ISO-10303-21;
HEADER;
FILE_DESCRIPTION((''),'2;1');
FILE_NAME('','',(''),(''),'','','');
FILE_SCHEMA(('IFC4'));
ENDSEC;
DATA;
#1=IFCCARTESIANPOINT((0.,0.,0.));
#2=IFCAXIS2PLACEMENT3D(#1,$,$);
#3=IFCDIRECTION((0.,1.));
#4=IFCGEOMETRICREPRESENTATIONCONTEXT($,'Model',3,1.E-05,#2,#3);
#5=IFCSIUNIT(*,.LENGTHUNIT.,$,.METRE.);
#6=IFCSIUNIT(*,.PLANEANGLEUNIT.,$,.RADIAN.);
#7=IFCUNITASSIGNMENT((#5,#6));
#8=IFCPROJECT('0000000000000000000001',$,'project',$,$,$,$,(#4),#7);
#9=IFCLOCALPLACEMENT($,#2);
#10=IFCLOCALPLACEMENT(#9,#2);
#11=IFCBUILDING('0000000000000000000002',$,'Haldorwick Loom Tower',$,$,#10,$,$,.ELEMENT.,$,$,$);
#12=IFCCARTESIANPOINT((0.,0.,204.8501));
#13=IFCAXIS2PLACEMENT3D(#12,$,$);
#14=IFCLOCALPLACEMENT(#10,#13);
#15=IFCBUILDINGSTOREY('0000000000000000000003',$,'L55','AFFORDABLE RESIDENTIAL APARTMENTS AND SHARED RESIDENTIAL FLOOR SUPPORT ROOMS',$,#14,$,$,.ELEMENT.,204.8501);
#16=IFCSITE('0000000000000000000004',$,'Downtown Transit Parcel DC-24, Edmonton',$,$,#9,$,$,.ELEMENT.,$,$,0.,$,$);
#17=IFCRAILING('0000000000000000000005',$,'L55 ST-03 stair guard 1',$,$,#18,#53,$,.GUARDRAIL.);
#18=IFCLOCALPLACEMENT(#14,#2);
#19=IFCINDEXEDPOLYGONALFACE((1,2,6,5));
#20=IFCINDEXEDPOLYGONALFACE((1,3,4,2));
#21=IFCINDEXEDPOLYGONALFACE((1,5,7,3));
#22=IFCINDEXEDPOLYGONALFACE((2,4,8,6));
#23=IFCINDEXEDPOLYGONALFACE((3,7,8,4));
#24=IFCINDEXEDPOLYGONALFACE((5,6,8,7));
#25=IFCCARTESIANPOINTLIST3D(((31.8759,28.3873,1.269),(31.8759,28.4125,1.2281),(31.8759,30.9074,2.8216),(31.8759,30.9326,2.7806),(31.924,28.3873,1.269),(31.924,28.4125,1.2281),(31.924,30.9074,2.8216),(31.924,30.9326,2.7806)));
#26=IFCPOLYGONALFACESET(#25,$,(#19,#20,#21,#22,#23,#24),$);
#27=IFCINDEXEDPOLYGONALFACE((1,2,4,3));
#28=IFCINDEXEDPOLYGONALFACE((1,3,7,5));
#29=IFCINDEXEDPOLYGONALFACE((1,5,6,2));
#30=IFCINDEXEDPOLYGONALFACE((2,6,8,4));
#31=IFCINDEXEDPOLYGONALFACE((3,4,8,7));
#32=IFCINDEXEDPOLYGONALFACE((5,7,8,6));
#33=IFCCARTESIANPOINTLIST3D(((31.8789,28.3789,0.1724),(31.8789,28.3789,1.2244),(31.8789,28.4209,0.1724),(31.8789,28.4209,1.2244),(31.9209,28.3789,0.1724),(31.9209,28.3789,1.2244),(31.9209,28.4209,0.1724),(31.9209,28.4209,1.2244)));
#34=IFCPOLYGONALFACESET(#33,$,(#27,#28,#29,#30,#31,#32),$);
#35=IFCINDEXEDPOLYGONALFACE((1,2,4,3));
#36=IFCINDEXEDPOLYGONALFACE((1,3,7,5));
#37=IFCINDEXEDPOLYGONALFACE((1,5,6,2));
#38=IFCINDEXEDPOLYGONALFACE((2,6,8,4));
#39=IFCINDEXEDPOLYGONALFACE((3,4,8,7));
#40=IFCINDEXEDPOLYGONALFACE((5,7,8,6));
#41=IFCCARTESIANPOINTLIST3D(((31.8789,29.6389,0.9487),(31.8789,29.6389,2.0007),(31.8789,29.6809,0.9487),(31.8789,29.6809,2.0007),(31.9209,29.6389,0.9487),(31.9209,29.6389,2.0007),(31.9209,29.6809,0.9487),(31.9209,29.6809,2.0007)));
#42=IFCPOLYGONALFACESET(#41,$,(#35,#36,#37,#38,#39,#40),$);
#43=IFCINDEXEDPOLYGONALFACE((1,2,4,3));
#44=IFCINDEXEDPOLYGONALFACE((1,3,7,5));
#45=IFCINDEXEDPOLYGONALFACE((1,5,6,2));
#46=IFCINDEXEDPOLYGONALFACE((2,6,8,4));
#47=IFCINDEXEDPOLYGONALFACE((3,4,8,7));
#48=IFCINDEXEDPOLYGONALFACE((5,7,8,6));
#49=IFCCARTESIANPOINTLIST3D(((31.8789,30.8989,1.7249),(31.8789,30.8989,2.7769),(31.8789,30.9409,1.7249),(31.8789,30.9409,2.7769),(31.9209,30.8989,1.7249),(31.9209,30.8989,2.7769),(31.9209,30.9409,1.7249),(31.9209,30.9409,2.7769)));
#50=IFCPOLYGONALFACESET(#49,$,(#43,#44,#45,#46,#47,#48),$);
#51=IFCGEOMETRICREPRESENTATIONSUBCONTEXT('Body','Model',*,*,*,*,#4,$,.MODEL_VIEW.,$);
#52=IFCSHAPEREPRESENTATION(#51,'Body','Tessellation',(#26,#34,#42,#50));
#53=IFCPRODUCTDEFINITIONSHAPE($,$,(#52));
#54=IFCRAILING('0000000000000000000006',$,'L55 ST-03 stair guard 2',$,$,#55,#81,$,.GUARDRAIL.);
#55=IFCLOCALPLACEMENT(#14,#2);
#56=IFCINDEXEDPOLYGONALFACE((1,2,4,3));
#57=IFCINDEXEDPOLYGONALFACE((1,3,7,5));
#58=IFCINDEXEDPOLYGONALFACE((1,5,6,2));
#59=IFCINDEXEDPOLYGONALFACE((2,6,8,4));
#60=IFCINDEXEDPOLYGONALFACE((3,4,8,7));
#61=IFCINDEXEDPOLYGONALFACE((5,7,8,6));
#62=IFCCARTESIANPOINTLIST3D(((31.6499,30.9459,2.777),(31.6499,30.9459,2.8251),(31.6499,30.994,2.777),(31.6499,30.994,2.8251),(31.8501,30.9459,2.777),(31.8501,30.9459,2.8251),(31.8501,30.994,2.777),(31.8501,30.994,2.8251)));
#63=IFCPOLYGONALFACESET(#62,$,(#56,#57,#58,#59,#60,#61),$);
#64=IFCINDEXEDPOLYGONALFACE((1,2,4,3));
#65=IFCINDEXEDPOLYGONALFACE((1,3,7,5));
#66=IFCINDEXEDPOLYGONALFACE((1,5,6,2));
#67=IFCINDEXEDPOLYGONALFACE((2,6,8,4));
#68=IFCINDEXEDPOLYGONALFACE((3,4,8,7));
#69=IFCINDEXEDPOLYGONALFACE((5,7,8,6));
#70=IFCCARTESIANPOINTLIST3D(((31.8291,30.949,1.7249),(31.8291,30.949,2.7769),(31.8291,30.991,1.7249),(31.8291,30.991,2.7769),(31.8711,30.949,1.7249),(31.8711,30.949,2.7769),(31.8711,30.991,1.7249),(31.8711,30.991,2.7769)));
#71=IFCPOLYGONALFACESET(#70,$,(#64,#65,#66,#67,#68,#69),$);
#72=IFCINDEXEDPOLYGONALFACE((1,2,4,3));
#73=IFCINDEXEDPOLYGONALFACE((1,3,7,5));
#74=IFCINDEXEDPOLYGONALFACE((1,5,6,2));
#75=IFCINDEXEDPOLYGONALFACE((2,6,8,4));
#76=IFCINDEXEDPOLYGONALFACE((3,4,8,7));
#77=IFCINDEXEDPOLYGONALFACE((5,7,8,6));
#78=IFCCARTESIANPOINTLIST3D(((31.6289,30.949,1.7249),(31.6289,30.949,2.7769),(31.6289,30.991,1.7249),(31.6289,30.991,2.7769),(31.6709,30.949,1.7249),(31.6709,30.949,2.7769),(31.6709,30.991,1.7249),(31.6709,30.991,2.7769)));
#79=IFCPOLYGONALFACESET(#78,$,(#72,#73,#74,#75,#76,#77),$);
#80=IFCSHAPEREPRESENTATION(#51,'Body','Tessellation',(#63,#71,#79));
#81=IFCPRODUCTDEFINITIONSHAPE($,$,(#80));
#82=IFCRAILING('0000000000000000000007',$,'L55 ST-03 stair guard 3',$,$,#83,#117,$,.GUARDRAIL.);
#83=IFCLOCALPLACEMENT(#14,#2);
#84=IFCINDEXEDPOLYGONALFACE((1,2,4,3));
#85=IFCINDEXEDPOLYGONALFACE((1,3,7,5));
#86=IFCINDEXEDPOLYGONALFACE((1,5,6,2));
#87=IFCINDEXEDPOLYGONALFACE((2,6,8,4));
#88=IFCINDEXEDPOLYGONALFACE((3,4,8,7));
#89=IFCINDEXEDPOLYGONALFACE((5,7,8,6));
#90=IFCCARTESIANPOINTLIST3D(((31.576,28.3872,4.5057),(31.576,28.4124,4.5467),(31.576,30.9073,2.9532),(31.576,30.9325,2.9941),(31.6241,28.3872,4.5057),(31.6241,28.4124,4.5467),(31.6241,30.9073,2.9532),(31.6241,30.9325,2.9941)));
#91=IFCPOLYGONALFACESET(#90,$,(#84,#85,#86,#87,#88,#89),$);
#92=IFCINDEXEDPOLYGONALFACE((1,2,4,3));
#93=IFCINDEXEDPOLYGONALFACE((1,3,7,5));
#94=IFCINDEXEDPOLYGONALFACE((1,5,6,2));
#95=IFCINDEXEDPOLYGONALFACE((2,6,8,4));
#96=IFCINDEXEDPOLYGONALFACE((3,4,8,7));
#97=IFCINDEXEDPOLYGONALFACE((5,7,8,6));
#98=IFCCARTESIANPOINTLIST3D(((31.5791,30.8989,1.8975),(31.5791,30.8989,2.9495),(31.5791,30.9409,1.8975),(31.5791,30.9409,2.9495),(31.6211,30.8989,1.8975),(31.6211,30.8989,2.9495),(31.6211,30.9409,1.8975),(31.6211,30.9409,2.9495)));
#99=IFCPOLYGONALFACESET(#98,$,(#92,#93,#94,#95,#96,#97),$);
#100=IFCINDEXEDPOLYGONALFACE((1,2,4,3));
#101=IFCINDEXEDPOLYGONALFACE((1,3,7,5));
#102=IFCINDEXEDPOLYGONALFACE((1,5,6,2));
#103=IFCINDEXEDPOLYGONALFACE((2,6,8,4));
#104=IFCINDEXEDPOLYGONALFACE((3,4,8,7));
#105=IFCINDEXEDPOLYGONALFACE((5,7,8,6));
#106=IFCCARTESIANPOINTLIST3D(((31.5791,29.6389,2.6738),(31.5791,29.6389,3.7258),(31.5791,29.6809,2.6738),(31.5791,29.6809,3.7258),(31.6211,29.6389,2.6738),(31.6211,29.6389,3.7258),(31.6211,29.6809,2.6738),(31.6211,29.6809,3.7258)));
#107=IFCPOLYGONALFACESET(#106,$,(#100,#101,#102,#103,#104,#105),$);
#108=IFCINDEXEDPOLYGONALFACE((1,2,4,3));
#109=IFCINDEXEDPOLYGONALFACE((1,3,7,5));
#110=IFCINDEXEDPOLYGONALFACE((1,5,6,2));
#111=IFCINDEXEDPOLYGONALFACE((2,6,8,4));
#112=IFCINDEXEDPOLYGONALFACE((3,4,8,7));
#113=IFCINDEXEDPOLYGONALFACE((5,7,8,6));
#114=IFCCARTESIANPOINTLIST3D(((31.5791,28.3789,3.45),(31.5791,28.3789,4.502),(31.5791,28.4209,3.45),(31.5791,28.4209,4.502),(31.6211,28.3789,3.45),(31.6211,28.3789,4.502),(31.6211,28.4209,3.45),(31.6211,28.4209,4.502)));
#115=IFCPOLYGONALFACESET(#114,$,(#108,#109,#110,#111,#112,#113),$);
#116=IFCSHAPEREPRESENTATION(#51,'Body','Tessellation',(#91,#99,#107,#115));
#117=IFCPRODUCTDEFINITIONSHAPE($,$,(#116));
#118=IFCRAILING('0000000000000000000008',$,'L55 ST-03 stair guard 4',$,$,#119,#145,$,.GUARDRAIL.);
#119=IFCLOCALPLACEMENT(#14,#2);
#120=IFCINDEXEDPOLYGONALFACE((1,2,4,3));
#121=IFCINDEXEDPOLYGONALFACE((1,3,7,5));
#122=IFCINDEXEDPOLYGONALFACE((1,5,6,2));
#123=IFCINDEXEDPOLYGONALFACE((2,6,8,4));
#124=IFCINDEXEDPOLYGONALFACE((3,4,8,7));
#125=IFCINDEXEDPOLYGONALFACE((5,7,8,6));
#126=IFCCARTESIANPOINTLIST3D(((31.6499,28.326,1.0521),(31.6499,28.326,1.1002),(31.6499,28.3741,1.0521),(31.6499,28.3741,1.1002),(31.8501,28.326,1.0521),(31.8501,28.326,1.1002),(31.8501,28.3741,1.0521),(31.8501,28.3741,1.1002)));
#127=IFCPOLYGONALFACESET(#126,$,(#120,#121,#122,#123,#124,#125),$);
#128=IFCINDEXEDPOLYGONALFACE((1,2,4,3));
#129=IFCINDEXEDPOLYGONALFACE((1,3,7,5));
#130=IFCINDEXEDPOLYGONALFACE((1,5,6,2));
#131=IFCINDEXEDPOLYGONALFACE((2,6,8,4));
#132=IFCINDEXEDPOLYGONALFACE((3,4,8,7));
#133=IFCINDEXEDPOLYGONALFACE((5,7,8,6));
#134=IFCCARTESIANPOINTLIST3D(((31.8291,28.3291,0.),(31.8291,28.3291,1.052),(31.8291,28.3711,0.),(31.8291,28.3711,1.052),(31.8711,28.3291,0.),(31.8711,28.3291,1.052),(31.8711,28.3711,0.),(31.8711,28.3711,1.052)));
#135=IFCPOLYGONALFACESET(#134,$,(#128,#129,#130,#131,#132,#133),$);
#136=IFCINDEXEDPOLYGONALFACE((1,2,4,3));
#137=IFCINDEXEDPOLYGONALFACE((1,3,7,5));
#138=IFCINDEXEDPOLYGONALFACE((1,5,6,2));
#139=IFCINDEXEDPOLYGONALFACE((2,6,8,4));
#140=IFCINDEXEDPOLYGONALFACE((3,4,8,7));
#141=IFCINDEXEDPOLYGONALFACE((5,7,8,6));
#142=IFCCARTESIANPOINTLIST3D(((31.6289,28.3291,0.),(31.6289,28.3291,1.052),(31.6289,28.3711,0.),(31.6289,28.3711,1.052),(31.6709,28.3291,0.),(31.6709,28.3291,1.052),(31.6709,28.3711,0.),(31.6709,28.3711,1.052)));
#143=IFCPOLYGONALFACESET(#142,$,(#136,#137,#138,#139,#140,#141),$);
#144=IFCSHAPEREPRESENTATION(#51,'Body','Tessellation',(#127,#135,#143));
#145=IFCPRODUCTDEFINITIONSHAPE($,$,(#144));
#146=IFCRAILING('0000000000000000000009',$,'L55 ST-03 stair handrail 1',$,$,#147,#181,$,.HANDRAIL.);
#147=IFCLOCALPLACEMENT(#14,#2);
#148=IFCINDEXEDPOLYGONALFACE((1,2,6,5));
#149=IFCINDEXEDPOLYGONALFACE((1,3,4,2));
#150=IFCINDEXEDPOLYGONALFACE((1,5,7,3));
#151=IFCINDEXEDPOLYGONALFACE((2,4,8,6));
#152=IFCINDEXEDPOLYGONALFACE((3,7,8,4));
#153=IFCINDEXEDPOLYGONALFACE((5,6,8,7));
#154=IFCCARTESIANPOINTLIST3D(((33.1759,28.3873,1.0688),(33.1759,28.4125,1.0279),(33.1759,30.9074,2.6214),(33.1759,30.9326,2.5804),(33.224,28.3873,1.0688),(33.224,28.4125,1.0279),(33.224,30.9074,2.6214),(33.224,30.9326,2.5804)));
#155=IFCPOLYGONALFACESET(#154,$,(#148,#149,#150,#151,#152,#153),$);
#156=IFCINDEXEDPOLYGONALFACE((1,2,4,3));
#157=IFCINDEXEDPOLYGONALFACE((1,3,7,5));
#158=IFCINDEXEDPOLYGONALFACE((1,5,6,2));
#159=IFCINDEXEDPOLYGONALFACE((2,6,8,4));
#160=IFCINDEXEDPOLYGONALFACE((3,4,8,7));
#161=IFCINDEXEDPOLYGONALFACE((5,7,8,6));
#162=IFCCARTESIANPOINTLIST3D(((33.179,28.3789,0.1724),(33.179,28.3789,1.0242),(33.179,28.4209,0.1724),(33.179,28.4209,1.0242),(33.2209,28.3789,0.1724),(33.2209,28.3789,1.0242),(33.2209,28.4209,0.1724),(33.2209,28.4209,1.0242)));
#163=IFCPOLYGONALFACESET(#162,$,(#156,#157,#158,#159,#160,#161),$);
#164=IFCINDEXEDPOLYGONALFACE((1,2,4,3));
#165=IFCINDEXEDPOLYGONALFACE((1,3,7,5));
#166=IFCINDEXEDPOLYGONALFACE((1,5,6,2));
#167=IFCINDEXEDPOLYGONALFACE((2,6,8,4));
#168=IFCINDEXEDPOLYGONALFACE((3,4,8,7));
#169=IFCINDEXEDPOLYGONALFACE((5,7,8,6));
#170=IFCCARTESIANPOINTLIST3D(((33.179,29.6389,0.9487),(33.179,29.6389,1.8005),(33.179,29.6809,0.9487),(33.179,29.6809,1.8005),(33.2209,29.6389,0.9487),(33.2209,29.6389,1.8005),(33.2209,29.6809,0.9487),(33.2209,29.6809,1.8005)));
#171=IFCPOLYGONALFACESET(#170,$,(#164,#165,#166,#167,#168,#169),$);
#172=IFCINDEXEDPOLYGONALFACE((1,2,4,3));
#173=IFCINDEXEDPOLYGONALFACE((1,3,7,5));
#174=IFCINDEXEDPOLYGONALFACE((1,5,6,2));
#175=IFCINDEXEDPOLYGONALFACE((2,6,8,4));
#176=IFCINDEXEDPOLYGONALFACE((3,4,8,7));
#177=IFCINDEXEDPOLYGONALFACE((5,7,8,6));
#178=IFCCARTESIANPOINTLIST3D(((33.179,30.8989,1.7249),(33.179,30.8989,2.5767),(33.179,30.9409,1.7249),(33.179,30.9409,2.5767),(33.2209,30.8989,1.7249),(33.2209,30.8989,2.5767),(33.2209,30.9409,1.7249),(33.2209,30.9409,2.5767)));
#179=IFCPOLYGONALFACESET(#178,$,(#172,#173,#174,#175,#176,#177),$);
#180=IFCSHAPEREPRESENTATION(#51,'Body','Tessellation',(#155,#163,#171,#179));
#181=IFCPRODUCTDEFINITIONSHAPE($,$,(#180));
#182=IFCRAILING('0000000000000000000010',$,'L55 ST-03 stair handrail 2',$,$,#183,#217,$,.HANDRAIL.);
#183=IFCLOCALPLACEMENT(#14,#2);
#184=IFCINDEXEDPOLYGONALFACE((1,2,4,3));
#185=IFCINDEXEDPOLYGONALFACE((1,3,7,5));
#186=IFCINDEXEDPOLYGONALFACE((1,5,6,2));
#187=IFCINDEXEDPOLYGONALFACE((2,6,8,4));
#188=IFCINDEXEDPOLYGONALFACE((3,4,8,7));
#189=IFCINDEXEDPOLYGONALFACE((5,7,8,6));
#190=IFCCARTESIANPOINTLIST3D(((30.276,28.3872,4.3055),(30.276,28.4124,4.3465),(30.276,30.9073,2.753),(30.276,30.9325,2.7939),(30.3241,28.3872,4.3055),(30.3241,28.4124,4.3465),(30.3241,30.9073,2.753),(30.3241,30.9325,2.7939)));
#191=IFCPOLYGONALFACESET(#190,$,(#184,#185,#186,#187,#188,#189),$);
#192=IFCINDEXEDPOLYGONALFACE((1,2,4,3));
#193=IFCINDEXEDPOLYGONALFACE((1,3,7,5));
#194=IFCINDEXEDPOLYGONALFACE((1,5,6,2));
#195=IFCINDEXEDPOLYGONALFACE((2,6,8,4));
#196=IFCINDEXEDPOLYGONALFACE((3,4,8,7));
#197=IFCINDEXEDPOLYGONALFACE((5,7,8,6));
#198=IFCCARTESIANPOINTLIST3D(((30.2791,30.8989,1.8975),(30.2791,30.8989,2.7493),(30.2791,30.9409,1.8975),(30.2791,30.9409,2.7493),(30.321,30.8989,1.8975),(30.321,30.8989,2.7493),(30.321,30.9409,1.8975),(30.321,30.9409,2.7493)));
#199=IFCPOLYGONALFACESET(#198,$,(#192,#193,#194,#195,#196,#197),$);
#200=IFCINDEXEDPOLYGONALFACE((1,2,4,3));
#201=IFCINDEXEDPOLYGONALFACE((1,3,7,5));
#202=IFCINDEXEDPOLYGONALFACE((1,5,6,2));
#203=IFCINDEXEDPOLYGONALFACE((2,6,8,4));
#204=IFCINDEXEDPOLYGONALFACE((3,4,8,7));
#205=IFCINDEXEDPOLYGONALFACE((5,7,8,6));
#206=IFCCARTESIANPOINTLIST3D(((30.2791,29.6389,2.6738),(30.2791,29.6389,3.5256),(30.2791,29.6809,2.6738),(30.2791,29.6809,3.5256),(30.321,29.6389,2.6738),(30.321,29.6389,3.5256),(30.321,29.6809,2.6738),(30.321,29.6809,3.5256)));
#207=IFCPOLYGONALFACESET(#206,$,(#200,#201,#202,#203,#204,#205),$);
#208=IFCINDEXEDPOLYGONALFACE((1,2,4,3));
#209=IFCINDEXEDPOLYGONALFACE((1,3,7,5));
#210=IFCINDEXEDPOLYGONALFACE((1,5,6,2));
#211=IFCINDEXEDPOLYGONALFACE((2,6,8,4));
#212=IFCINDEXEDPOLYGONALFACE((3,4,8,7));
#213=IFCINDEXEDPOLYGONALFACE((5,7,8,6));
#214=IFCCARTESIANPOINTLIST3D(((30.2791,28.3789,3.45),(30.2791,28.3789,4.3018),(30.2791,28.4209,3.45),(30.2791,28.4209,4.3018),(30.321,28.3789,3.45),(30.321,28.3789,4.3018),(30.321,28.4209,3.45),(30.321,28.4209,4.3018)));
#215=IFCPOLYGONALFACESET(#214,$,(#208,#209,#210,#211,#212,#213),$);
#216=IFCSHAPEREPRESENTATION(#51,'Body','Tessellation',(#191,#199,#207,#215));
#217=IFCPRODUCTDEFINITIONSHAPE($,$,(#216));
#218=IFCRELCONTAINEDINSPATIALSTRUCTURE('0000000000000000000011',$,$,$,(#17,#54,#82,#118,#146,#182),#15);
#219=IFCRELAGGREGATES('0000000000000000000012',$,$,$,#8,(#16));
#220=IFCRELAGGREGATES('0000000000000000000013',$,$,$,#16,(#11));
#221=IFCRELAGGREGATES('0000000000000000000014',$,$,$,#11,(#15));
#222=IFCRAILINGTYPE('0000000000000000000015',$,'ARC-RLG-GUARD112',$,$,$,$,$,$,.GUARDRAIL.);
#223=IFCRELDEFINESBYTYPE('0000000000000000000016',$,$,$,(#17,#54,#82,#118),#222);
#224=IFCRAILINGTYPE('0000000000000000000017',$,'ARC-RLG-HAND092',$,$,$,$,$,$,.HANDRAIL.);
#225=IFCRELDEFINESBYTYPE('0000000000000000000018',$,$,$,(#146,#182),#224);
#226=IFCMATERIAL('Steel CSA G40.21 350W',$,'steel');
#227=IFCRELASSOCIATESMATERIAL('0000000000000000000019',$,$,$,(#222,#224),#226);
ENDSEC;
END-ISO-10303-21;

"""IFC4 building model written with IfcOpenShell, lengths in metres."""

from ifc_helpers import new_model, si_unit, direction, frame, origin, origin_2d, place, context, subcontext, project, spatial, rectangle, extrude, material, type_object, element, save


model = new_model("IFC4")

# Units and contexts
model_context = context("Model", 3, precision=1e-05, world=origin(), true_north=direction((0.0, 1.0)))
body_context = subcontext(model_context, "Body", "Model", "MODEL_VIEW")
ifc_project = project(units=[si_unit("LENGTHUNIT", "METRE"), si_unit("PLANEANGLEUNIT", "RADIAN")], contexts=[model_context])

# Site, building, storey
site_placement = place(None, origin())
site = spatial("IfcSite", under=ifc_project, at=site_placement, Name="Downtown Transit Parcel DC-24, Edmonton", CompositionType="ELEMENT", RefElevation=0.0)
building_placement = place(site_placement, origin())
building = spatial("IfcBuilding", under=site, at=building_placement, Name="Haldorwick Loom Tower", CompositionType="ELEMENT")
storey_placement = place(building_placement, frame((0.0, 0.0, 204.8501)))
storey = spatial("IfcBuildingStorey", under=building, at=storey_placement, Name="L55", Description="AFFORDABLE RESIDENTIAL APARTMENTS AND SHARED RESIDENTIAL FLOOR SUPPORT ROOMS", CompositionType="ELEMENT", Elevation=204.8501)

# Shared definitions
ifc_material_1 = material(Name="Steel CSA G40.21 350W", Category="steel")

# Railings
railing_type_1 = type_object("IfcRailingType", Name="ARC-RLG-GUARD112", PredefinedType="GUARDRAIL", material=ifc_material_1)
railing_1_placement = place(storey_placement, frame((31.8999, 28.3999, 0.1724)))
element("IfcRailing", 1, at=railing_1_placement, inside=storey, type_object=railing_type_1, Name="L55 ST-03 stair guard 1", PredefinedType="GUARDRAIL", context=body_context, shape_type="SweptSolid", body=[
    extrude(rectangle(XDim=0.0481, YDim=0.0481, at=origin_2d()), frame((0.0, 0.0, 1.0762), z_axis=(0.0, 0.8514, 0.524516), x_axis=(-1.0, 0.0, 0.0)), (0.0, 0.0, 1.0), 2.96),
    extrude(rectangle(XDim=0.042, YDim=0.042, at=origin_2d()), origin(), (0.0, 0.0, 1.0), 1.052),
    extrude(rectangle(XDim=0.042, YDim=0.042, at=origin_2d()), frame((0.0, 1.26, 0.7764)), (0.0, 0.0, 1.0), 1.052),
    extrude(rectangle(XDim=0.042, YDim=0.042, at=origin_2d()), frame((0.0, 2.52, 1.5525)), (0.0, 0.0, 1.0), 1.052),
])
railing_2_placement = place(storey_placement, frame((31.8501, 30.97, 1.7249)))
element("IfcRailing", 2, at=railing_2_placement, inside=storey, type_object=railing_type_1, Name="L55 ST-03 stair guard 2", PredefinedType="GUARDRAIL", context=body_context, shape_type="SweptSolid", body=[
    extrude(rectangle(XDim=0.0481, YDim=0.0481, at=origin_2d()), frame((0.0, 0.0, 1.0762), z_axis=(-1.0, 0.0, 0.0), x_axis=(0.0, -1.0, 0.0)), (0.0, 0.0, 1.0), 0.2002),
    extrude(rectangle(XDim=0.042, YDim=0.042, at=origin_2d()), origin(), (0.0, 0.0, 1.0), 1.052),
    extrude(rectangle(XDim=0.042, YDim=0.042, at=origin_2d()), frame((-0.2002, 0.0, 0.0)), (0.0, 0.0, 1.0), 1.052),
])
railing_3_placement = place(storey_placement, frame((31.6001, 30.9199, 1.8975)))
element("IfcRailing", 3, at=railing_3_placement, inside=storey, type_object=railing_type_1, Name="L55 ST-03 stair guard 3", PredefinedType="GUARDRAIL", context=body_context, shape_type="SweptSolid", body=[
    extrude(rectangle(XDim=0.0481, YDim=0.0481, at=origin_2d()), frame((0.0, 0.0, 1.0762), z_axis=(0.0, -0.8514, 0.524516), x_axis=(1.0, 0.0, 0.0)), (0.0, 0.0, 1.0), 2.96),
    extrude(rectangle(XDim=0.042, YDim=0.042, at=origin_2d()), origin(), (0.0, 0.0, 1.0), 1.052),
    extrude(rectangle(XDim=0.042, YDim=0.042, at=origin_2d()), frame((0.0, -1.26, 0.7764)), (0.0, 0.0, 1.0), 1.052),
    extrude(rectangle(XDim=0.042, YDim=0.042, at=origin_2d()), frame((0.0, -2.52, 1.5525)), (0.0, 0.0, 1.0), 1.052),
])
railing_4_placement = place(storey_placement, frame((31.8501, 28.3501, 0.0)))
element("IfcRailing", 4, at=railing_4_placement, inside=storey, type_object=railing_type_1, Name="L55 ST-03 stair guard 4", PredefinedType="GUARDRAIL", context=body_context, shape_type="SweptSolid", body=[
    extrude(rectangle(XDim=0.0481, YDim=0.0481, at=origin_2d()), frame((0.0, 0.0, 1.0762), z_axis=(-1.0, 0.0, 0.0), x_axis=(0.0, -1.0, 0.0)), (0.0, 0.0, 1.0), 0.2002),
    extrude(rectangle(XDim=0.042, YDim=0.042, at=origin_2d()), origin(), (0.0, 0.0, 1.0), 1.052),
    extrude(rectangle(XDim=0.042, YDim=0.042, at=origin_2d()), frame((-0.2002, 0.0, 0.0)), (0.0, 0.0, 1.0), 1.052),
])
railing_type_2 = type_object("IfcRailingType", Name="ARC-RLG-HAND092", PredefinedType="HANDRAIL", material=ifc_material_1)
railing_5_placement = place(storey_placement, frame((33.2, 28.3999, 0.1724)))
element("IfcRailing", 5, at=railing_5_placement, inside=storey, type_object=railing_type_2, Name="L55 ST-03 stair handrail 1", PredefinedType="HANDRAIL", context=body_context, shape_type="SweptSolid", body=[
    extrude(rectangle(XDim=0.0481, YDim=0.0481, at=origin_2d()), frame((0.0, 0.0, 0.876), z_axis=(0.0, 0.8514, 0.524516), x_axis=(-1.0, 0.0, 0.0)), (0.0, 0.0, 1.0), 2.96),
    extrude(rectangle(XDim=0.042, YDim=0.042, at=origin_2d()), origin(), (0.0, 0.0, 1.0), 0.8518),
    extrude(rectangle(XDim=0.042, YDim=0.042, at=origin_2d()), frame((0.0, 1.26, 0.7764)), (0.0, 0.0, 1.0), 0.8518),
    extrude(rectangle(XDim=0.042, YDim=0.042, at=origin_2d()), frame((0.0, 2.52, 1.5525)), (0.0, 0.0, 1.0), 0.8518),
])
railing_6_placement = place(storey_placement, frame((30.3, 30.9199, 1.8975)))
element("IfcRailing", 6, at=railing_6_placement, inside=storey, type_object=railing_type_2, Name="L55 ST-03 stair handrail 2", PredefinedType="HANDRAIL", context=body_context, shape_type="SweptSolid", body=[
    extrude(rectangle(XDim=0.0481, YDim=0.0481, at=origin_2d()), frame((0.0, 0.0, 0.876), z_axis=(0.0, -0.8514, 0.524516), x_axis=(1.0, 0.0, 0.0)), (0.0, 0.0, 1.0), 2.96),
    extrude(rectangle(XDim=0.042, YDim=0.042, at=origin_2d()), origin(), (0.0, 0.0, 1.0), 0.8518),
    extrude(rectangle(XDim=0.042, YDim=0.042, at=origin_2d()), frame((0.0, -1.26, 0.7764)), (0.0, 0.0, 1.0), 0.8518),
    extrude(rectangle(XDim=0.042, YDim=0.042, at=origin_2d()), frame((0.0, -2.52, 1.5525)), (0.0, 0.0, 1.0), 0.8518),
])

save(model, "model.ifc")
